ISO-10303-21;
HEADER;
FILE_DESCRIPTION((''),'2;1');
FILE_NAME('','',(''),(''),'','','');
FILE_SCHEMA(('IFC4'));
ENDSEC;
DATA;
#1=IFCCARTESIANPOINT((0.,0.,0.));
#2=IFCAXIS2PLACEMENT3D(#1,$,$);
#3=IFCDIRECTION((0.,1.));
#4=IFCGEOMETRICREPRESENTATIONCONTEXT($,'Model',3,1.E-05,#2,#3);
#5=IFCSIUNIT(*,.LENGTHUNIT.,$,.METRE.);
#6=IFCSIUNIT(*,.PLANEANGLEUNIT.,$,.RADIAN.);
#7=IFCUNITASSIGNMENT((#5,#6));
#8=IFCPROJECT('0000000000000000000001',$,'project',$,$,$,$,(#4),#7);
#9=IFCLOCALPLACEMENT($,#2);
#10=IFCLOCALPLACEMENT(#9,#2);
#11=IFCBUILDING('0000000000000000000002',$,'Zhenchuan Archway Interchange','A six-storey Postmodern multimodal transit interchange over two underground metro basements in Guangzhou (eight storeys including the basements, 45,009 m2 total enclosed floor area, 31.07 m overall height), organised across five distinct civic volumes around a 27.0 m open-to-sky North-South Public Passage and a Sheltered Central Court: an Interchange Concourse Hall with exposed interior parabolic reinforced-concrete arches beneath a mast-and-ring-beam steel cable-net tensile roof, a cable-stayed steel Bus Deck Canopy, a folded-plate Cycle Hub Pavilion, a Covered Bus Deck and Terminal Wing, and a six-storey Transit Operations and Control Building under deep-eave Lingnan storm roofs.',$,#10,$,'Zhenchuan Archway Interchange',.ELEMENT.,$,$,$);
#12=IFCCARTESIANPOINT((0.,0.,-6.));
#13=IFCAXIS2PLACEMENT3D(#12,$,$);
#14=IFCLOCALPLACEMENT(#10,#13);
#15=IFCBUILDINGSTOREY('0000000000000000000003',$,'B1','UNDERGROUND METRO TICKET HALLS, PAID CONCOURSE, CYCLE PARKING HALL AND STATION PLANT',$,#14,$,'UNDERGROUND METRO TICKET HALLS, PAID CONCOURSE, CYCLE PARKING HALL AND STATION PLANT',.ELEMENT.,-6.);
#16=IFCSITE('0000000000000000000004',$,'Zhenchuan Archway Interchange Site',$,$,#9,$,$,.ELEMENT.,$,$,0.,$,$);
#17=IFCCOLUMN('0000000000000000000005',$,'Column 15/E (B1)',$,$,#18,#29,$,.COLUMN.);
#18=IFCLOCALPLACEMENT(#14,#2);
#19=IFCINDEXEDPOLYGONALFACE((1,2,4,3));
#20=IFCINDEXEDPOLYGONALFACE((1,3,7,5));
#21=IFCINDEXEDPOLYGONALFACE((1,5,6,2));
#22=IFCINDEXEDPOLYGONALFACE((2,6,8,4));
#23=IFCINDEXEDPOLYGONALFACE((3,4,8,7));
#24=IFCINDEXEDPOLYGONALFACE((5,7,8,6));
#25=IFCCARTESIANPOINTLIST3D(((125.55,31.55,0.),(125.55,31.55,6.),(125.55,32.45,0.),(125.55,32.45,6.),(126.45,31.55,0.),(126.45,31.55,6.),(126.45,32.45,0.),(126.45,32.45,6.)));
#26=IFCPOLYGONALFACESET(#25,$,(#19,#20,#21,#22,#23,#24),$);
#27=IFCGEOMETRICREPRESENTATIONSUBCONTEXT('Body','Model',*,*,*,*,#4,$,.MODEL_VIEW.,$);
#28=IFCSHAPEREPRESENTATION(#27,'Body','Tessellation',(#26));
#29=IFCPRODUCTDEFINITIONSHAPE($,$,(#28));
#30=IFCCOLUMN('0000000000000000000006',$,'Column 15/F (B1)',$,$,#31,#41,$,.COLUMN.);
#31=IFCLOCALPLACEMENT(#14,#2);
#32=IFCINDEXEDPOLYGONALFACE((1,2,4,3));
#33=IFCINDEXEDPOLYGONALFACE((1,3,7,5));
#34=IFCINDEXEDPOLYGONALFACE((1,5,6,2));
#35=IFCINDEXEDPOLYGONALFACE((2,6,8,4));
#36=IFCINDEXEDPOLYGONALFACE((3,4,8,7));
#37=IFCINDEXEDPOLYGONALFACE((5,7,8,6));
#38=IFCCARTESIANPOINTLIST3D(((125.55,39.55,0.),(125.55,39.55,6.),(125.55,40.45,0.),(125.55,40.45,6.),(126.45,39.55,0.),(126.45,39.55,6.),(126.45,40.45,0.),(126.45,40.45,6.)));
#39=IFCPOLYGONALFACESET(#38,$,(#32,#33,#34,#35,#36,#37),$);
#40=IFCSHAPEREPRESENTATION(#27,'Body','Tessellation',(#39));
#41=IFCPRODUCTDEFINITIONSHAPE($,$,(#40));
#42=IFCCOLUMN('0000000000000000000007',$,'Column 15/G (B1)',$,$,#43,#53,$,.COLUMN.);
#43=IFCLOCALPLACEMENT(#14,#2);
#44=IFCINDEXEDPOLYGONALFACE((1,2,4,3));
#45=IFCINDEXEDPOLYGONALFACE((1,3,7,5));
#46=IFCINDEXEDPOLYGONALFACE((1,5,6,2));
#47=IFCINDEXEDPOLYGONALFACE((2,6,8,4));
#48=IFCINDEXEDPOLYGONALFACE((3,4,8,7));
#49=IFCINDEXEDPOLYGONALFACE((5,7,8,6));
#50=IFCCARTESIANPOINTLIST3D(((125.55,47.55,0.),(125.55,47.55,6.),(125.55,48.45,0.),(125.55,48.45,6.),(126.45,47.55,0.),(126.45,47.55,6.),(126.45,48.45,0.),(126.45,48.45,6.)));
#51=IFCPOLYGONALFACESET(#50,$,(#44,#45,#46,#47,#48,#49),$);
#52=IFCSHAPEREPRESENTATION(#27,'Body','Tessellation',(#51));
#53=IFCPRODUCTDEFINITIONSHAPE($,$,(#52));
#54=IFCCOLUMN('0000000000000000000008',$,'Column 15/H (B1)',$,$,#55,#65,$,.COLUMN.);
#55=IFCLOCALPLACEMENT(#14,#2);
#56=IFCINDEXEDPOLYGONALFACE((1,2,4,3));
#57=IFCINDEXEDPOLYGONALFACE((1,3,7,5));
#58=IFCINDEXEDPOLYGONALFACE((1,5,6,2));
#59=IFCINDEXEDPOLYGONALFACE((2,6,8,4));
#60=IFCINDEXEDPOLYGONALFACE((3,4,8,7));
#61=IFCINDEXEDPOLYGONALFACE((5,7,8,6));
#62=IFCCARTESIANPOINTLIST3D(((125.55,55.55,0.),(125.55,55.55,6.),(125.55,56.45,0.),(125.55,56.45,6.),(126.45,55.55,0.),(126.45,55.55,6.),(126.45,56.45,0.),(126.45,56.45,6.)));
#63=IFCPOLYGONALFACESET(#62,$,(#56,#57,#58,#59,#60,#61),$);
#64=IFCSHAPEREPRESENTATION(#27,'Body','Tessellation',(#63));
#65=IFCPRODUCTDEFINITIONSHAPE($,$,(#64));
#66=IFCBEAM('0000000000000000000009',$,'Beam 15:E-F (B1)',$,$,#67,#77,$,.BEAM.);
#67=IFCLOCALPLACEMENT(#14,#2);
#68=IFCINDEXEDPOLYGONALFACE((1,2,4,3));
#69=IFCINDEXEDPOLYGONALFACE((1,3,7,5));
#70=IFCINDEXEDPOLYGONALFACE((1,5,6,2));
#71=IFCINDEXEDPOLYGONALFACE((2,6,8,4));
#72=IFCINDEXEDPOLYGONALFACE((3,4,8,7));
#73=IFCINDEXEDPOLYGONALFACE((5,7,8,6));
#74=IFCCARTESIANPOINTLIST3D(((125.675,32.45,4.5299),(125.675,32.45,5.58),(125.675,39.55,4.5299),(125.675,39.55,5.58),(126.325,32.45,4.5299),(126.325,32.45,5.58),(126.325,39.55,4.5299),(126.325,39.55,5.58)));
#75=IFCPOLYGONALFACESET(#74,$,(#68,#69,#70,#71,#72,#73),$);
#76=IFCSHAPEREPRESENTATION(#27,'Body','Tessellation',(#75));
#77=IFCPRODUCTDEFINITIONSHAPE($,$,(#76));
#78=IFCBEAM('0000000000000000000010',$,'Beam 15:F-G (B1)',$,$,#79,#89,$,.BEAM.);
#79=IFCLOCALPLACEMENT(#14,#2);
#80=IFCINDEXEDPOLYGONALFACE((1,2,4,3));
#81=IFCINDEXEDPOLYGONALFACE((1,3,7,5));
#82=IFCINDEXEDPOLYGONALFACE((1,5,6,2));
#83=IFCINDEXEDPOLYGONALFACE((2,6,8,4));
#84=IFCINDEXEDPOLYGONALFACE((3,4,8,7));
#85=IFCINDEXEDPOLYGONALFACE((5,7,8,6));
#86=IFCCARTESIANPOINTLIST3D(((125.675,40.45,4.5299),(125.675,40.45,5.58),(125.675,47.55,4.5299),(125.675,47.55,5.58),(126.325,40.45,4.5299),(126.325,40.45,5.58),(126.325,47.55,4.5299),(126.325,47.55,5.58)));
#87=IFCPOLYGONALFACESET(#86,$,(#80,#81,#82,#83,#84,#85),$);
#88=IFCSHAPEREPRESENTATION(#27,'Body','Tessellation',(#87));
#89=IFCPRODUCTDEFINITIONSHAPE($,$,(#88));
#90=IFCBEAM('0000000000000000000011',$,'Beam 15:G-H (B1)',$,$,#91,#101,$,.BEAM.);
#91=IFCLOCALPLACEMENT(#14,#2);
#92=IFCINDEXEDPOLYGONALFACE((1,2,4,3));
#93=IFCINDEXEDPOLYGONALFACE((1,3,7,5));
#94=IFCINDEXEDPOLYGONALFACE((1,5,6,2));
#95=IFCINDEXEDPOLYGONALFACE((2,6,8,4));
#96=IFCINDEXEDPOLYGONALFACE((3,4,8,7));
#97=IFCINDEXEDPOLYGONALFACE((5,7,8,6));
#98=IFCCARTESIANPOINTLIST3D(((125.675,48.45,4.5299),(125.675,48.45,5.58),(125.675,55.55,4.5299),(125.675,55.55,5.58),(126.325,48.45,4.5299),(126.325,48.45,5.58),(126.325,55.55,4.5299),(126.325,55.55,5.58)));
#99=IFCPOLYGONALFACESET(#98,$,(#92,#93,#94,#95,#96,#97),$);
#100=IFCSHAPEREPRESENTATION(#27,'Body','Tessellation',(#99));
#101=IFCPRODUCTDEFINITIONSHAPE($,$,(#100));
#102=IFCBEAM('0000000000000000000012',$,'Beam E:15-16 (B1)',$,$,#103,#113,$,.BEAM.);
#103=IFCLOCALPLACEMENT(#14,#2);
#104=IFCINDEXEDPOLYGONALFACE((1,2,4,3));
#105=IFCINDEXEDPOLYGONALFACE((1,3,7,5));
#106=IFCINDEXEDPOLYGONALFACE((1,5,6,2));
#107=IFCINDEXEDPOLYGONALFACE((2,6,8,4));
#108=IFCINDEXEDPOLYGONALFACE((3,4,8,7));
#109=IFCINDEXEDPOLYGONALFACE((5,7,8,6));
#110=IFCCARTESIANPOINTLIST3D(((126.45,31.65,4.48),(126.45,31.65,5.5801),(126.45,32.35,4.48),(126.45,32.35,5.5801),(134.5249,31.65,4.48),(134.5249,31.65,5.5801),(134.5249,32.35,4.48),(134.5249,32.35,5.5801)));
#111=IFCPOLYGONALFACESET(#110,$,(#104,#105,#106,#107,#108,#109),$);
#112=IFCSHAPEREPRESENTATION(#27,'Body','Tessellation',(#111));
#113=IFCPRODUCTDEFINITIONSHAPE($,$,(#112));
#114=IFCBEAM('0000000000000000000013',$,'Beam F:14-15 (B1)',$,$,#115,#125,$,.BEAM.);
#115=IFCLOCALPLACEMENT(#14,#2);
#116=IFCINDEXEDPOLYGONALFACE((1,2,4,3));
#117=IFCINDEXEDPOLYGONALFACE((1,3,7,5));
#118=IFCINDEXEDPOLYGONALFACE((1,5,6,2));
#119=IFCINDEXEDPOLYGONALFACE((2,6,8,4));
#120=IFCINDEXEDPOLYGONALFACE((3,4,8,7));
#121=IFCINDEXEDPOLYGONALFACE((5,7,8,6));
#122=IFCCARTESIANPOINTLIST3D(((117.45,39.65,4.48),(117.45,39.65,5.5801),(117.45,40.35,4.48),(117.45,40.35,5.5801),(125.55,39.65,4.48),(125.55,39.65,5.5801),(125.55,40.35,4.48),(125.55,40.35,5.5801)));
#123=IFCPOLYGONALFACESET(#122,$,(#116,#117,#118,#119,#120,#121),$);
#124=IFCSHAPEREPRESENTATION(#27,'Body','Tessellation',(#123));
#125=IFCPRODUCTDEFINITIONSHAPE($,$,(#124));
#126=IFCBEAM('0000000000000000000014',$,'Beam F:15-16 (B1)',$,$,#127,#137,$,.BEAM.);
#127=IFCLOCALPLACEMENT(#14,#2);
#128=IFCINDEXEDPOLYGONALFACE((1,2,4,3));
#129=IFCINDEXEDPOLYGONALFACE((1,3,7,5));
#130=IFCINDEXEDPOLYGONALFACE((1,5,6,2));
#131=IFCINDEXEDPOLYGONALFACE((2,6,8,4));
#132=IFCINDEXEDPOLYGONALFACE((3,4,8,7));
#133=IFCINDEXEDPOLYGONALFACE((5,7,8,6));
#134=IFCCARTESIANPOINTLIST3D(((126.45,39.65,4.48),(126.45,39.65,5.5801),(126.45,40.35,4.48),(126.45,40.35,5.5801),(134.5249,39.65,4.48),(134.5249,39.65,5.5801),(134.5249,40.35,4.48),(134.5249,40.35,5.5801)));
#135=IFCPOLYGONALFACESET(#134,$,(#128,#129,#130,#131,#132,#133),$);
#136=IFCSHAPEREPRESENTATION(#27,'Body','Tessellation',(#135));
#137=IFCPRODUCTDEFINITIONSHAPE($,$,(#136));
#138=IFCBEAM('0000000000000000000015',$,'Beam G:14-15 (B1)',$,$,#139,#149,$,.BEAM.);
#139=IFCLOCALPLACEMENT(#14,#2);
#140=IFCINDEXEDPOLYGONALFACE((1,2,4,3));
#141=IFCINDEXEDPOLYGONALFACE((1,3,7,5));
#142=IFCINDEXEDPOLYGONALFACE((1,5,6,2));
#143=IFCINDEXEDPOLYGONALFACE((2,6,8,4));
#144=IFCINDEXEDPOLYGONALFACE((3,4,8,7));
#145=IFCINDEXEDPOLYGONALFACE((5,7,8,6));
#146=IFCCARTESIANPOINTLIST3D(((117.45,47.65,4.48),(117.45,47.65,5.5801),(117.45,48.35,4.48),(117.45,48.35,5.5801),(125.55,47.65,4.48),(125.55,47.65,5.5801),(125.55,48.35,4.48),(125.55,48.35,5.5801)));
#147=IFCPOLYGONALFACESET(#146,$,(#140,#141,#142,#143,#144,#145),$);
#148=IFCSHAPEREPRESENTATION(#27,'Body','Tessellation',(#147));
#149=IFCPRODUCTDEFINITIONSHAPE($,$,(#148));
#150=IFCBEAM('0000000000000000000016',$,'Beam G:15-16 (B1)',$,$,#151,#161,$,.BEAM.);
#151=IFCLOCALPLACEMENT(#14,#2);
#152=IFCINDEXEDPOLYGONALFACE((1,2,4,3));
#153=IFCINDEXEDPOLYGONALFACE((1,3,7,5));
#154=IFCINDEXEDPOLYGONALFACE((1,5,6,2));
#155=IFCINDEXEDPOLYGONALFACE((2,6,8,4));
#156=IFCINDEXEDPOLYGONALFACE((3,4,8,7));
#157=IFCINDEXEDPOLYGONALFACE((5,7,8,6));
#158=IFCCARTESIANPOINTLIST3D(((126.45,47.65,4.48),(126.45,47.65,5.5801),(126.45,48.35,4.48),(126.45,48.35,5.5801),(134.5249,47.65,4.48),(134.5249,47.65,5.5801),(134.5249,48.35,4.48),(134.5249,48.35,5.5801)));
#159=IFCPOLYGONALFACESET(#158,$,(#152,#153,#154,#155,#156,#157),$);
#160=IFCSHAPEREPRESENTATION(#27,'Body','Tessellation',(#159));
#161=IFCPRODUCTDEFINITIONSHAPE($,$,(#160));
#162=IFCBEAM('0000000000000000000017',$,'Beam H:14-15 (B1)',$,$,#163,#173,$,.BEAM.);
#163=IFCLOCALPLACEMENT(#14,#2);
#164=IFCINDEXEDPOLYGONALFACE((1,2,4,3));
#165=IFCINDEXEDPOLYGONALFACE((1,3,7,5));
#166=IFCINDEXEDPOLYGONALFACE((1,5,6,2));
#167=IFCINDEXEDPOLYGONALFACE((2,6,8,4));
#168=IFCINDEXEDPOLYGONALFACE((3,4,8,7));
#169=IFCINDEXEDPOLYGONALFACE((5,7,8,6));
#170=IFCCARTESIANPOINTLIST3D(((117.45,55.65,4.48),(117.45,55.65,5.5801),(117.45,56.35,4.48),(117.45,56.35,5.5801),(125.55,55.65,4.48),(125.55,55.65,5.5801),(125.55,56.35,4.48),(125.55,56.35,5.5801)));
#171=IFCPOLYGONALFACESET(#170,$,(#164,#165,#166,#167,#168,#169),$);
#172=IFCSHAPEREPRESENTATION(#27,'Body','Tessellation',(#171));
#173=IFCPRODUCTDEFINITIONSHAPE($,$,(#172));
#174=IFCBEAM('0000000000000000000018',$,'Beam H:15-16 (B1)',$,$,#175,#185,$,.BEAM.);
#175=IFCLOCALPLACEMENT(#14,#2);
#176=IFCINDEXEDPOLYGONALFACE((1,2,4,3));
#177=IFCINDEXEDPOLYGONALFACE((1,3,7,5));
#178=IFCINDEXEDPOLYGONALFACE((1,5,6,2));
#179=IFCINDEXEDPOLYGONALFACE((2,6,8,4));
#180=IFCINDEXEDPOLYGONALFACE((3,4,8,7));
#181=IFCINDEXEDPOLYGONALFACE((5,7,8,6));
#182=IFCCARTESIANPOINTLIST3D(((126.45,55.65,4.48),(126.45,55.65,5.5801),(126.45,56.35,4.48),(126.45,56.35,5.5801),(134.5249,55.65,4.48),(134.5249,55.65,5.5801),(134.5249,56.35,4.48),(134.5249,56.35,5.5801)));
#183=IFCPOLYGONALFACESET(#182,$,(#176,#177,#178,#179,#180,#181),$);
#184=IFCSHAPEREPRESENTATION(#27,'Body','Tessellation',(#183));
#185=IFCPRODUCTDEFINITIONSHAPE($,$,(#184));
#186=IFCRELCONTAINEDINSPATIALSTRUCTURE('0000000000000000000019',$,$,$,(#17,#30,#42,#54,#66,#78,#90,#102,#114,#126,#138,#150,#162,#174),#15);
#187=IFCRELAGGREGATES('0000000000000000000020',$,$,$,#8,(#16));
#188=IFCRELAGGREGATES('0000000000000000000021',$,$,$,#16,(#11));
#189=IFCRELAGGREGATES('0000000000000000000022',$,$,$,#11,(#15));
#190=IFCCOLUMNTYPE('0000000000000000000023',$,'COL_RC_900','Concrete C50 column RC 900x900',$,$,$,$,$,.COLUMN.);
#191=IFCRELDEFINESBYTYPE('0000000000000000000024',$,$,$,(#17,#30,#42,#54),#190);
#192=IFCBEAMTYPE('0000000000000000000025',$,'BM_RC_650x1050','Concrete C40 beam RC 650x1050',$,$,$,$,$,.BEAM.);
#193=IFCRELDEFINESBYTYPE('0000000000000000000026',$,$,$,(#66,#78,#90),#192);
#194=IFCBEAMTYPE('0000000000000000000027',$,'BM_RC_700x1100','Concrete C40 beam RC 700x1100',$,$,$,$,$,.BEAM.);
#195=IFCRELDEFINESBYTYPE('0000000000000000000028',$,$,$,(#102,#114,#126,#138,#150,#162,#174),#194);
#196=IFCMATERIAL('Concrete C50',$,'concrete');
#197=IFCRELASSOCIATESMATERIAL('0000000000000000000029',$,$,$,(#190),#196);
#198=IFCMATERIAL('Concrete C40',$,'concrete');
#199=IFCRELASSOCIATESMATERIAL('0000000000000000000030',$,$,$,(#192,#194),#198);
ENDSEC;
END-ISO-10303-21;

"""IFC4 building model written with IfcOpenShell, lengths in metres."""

from ifc_helpers import new_model, si_unit, direction, frame, origin, origin_2d, place, context, subcontext, project, spatial, rectangle, extrude, material, material_profile, profile_set, type_object, element, save


model = new_model("IFC4")

# Units and contexts
model_context = context("Model", 3, precision=1e-05, world=origin(), true_north=direction((0.0, 1.0)))
body_context = subcontext(model_context, "Body", "Model", "MODEL_VIEW")
ifc_project = project(units=[si_unit("LENGTHUNIT", "METRE"), si_unit("PLANEANGLEUNIT", "RADIAN")], contexts=[model_context])

# Site, building, storey
site_placement = place(None, origin())
site = spatial("IfcSite", under=ifc_project, at=site_placement, Name="Zhenchuan Archway Interchange Site", CompositionType="ELEMENT", RefElevation=0.0)
building_placement = place(site_placement, origin())
building = spatial("IfcBuilding", under=site, at=building_placement, Name="Zhenchuan Archway Interchange", Description="A six-storey Postmodern multimodal transit interchange over two underground metro basements in Guangzhou (eight storeys including the basements, 45,009 m2 total enclosed floor area, 31.07 m overall height), organised across five distinct civic volumes around a 27.0 m open-to-sky North-South Public Passage and a Sheltered Central Court: an Interchange Concourse Hall with exposed interior parabolic reinforced-concrete arches beneath a mast-and-ring-beam steel cable-net tensile roof, a cable-stayed steel Bus Deck Canopy, a folded-plate Cycle Hub Pavilion, a Covered Bus Deck and Terminal Wing, and a six-storey Transit Operations and Control Building under deep-eave Lingnan storm roofs.", LongName="Zhenchuan Archway Interchange", CompositionType="ELEMENT")
storey_placement = place(building_placement, frame((0.0, 0.0, -6.0)))
storey = spatial("IfcBuildingStorey", under=building, at=storey_placement, Name="B1", Description="UNDERGROUND METRO TICKET HALLS, PAID CONCOURSE, CYCLE PARKING HALL AND STATION PLANT", LongName="UNDERGROUND METRO TICKET HALLS, PAID CONCOURSE, CYCLE PARKING HALL AND STATION PLANT", CompositionType="ELEMENT", Elevation=-6.0)

# Columns
ifc_material_1 = material(Name="Concrete C50", Category="concrete")
ifc_material_profile_1 = material_profile(ifc_material_1, rectangle(XDim=0.8999, YDim=0.8999, at=origin_2d()), Name="RC 900x900")
ifc_profile_set_1 = profile_set([ifc_material_profile_1], Name="Concrete C50")
column_type = type_object("IfcColumnType", Name="COL_RC_900", Description="Concrete C50 column RC 900x900", PredefinedType="COLUMN", material=ifc_profile_set_1)
for number, where, z_axis, x_axis, name in (
    (1, (126.0, 32.0, 0.0), (0.0, 0.0, 1.0), (1.0, 0.0, 0.0), "Column 15/E (B1)"),
    (2, (126.0, 40.0, 0.0), (0.0, 0.0, 1.0), (1.0, 0.0, 0.0), "Column 15/F (B1)"),
    (3, (126.0, 48.0, 0.0), (0.0, 0.0, 1.0), (1.0, 0.0, 0.0), "Column 15/G (B1)"),
    (4, (126.0, 56.0, 0.0), (0.0, 0.0, 1.0), (1.0, 0.0, 0.0), "Column 15/H (B1)"),
):
    element("IfcColumn", number, at=place(storey_placement, frame(where, z_axis=z_axis, x_axis=x_axis)), inside=storey, type_object=column_type, Name=name, PredefinedType="COLUMN", context=body_context, shape_type="SweptSolid", body=[
        extrude(rectangle(XDim=0.8999, YDim=0.8999, at=origin_2d()), origin(), (0.0, 0.0, 1.0), 6.0),
    ])

# Beams
ifc_material_2 = material(Name="Concrete C40", Category="concrete")
ifc_material_profile_2 = material_profile(ifc_material_2, rectangle(XDim=0.6499, YDim=1.05, at=origin_2d()), Name="RC 650x1050")
ifc_profile_set_2 = profile_set([ifc_material_profile_2], Name="Concrete C40")
beam_type_1 = type_object("IfcBeamType", Name="BM_RC_650x1050", Description="Concrete C40 beam RC 650x1050", PredefinedType="BEAM", material=ifc_profile_set_2)
for number, where, z_axis, x_axis, name in (
    (5, (126.0, 32.45, 5.0549), (0.0, 1.0, 0.0), (-1.0, 0.0, 0.0), "Beam 15:E-F (B1)"),
    (6, (126.0, 40.45, 5.0549), (0.0, 1.0, 0.0), (-1.0, 0.0, 0.0), "Beam 15:F-G (B1)"),
    (7, (126.0, 48.45, 5.0549), (0.0, 1.0, 0.0), (-1.0, 0.0, 0.0), "Beam 15:G-H (B1)"),
):
    element("IfcBeam", number, at=place(storey_placement, frame(where, z_axis=z_axis, x_axis=x_axis)), inside=storey, type_object=beam_type_1, Name=name, PredefinedType="BEAM", context=body_context, shape_type="SweptSolid", body=[
        extrude(rectangle(XDim=0.6499, YDim=1.05, at=origin_2d()), origin(), (0.0, 0.0, 1.0), 7.1001),
    ])
ifc_material_profile_3 = material_profile(ifc_material_2, rectangle(XDim=0.7, YDim=1.1001, at=origin_2d()), Name="RC 700x1100")
ifc_profile_set_3 = profile_set([ifc_material_profile_3], Name="Concrete C40")
beam_type_2 = type_object("IfcBeamType", Name="BM_RC_700x1100", Description="Concrete C40 beam RC 700x1100", PredefinedType="BEAM", material=ifc_profile_set_3)
beam_1_placement = place(storey_placement, frame((126.45, 32.0, 5.03), z_axis=(1.0, 0.0, 0.0), x_axis=(0.0, 1.0, 0.0)))
element("IfcBeam", 8, at=beam_1_placement, inside=storey, type_object=beam_type_2, Name="Beam E:15-16 (B1)", PredefinedType="BEAM", context=body_context, shape_type="SweptSolid", body=[
    extrude(rectangle(XDim=0.7, YDim=1.1001, at=origin_2d()), origin(), (0.0, 0.0, 1.0), 8.075),
])
beam_2_placement = place(storey_placement, frame((117.45, 40.0, 5.03), z_axis=(1.0, 0.0, 0.0), x_axis=(0.0, 1.0, 0.0)))
element("IfcBeam", 9, at=beam_2_placement, inside=storey, type_object=beam_type_2, Name="Beam F:14-15 (B1)", PredefinedType="BEAM", context=body_context, shape_type="SweptSolid", body=[
    extrude(rectangle(XDim=0.7, YDim=1.1001, at=origin_2d()), origin(), (0.0, 0.0, 1.0), 8.1001),
])
beam_3_placement = place(storey_placement, frame((126.45, 40.0, 5.03), z_axis=(1.0, 0.0, 0.0), x_axis=(0.0, 1.0, 0.0)))
element("IfcBeam", 10, at=beam_3_placement, inside=storey, type_object=beam_type_2, Name="Beam F:15-16 (B1)", PredefinedType="BEAM", context=body_context, shape_type="SweptSolid", body=[
    extrude(rectangle(XDim=0.7, YDim=1.1001, at=origin_2d()), origin(), (0.0, 0.0, 1.0), 8.075),
])
beam_4_placement = place(storey_placement, frame((117.45, 48.0, 5.03), z_axis=(1.0, 0.0, 0.0), x_axis=(0.0, 1.0, 0.0)))
element("IfcBeam", 11, at=beam_4_placement, inside=storey, type_object=beam_type_2, Name="Beam G:14-15 (B1)", PredefinedType="BEAM", context=body_context, shape_type="SweptSolid", body=[
    extrude(rectangle(XDim=0.7, YDim=1.1001, at=origin_2d()), origin(), (0.0, 0.0, 1.0), 8.1001),
])
beam_5_placement = place(storey_placement, frame((126.45, 48.0, 5.03), z_axis=(1.0, 0.0, 0.0), x_axis=(0.0, 1.0, 0.0)))
element("IfcBeam", 12, at=beam_5_placement, inside=storey, type_object=beam_type_2, Name="Beam G:15-16 (B1)", PredefinedType="BEAM", context=body_context, shape_type="SweptSolid", body=[
    extrude(rectangle(XDim=0.7, YDim=1.1001, at=origin_2d()), origin(), (0.0, 0.0, 1.0), 8.075),
])
beam_6_placement = place(storey_placement, frame((117.45, 56.0, 5.03), z_axis=(1.0, 0.0, 0.0), x_axis=(0.0, 1.0, 0.0)))
element("IfcBeam", 13, at=beam_6_placement, inside=storey, type_object=beam_type_2, Name="Beam H:14-15 (B1)", PredefinedType="BEAM", context=body_context, shape_type="SweptSolid", body=[
    extrude(rectangle(XDim=0.7, YDim=1.1001, at=origin_2d()), origin(), (0.0, 0.0, 1.0), 8.1001),
])
beam_7_placement = place(storey_placement, frame((126.45, 56.0, 5.03), z_axis=(1.0, 0.0, 0.0), x_axis=(0.0, 1.0, 0.0)))
element("IfcBeam", 14, at=beam_7_placement, inside=storey, type_object=beam_type_2, Name="Beam H:15-16 (B1)", PredefinedType="BEAM", context=body_context, shape_type="SweptSolid", body=[
    extrude(rectangle(XDim=0.7, YDim=1.1001, at=origin_2d()), origin(), (0.0, 0.0, 1.0), 8.075),
])

save(model, "model.ifc")
